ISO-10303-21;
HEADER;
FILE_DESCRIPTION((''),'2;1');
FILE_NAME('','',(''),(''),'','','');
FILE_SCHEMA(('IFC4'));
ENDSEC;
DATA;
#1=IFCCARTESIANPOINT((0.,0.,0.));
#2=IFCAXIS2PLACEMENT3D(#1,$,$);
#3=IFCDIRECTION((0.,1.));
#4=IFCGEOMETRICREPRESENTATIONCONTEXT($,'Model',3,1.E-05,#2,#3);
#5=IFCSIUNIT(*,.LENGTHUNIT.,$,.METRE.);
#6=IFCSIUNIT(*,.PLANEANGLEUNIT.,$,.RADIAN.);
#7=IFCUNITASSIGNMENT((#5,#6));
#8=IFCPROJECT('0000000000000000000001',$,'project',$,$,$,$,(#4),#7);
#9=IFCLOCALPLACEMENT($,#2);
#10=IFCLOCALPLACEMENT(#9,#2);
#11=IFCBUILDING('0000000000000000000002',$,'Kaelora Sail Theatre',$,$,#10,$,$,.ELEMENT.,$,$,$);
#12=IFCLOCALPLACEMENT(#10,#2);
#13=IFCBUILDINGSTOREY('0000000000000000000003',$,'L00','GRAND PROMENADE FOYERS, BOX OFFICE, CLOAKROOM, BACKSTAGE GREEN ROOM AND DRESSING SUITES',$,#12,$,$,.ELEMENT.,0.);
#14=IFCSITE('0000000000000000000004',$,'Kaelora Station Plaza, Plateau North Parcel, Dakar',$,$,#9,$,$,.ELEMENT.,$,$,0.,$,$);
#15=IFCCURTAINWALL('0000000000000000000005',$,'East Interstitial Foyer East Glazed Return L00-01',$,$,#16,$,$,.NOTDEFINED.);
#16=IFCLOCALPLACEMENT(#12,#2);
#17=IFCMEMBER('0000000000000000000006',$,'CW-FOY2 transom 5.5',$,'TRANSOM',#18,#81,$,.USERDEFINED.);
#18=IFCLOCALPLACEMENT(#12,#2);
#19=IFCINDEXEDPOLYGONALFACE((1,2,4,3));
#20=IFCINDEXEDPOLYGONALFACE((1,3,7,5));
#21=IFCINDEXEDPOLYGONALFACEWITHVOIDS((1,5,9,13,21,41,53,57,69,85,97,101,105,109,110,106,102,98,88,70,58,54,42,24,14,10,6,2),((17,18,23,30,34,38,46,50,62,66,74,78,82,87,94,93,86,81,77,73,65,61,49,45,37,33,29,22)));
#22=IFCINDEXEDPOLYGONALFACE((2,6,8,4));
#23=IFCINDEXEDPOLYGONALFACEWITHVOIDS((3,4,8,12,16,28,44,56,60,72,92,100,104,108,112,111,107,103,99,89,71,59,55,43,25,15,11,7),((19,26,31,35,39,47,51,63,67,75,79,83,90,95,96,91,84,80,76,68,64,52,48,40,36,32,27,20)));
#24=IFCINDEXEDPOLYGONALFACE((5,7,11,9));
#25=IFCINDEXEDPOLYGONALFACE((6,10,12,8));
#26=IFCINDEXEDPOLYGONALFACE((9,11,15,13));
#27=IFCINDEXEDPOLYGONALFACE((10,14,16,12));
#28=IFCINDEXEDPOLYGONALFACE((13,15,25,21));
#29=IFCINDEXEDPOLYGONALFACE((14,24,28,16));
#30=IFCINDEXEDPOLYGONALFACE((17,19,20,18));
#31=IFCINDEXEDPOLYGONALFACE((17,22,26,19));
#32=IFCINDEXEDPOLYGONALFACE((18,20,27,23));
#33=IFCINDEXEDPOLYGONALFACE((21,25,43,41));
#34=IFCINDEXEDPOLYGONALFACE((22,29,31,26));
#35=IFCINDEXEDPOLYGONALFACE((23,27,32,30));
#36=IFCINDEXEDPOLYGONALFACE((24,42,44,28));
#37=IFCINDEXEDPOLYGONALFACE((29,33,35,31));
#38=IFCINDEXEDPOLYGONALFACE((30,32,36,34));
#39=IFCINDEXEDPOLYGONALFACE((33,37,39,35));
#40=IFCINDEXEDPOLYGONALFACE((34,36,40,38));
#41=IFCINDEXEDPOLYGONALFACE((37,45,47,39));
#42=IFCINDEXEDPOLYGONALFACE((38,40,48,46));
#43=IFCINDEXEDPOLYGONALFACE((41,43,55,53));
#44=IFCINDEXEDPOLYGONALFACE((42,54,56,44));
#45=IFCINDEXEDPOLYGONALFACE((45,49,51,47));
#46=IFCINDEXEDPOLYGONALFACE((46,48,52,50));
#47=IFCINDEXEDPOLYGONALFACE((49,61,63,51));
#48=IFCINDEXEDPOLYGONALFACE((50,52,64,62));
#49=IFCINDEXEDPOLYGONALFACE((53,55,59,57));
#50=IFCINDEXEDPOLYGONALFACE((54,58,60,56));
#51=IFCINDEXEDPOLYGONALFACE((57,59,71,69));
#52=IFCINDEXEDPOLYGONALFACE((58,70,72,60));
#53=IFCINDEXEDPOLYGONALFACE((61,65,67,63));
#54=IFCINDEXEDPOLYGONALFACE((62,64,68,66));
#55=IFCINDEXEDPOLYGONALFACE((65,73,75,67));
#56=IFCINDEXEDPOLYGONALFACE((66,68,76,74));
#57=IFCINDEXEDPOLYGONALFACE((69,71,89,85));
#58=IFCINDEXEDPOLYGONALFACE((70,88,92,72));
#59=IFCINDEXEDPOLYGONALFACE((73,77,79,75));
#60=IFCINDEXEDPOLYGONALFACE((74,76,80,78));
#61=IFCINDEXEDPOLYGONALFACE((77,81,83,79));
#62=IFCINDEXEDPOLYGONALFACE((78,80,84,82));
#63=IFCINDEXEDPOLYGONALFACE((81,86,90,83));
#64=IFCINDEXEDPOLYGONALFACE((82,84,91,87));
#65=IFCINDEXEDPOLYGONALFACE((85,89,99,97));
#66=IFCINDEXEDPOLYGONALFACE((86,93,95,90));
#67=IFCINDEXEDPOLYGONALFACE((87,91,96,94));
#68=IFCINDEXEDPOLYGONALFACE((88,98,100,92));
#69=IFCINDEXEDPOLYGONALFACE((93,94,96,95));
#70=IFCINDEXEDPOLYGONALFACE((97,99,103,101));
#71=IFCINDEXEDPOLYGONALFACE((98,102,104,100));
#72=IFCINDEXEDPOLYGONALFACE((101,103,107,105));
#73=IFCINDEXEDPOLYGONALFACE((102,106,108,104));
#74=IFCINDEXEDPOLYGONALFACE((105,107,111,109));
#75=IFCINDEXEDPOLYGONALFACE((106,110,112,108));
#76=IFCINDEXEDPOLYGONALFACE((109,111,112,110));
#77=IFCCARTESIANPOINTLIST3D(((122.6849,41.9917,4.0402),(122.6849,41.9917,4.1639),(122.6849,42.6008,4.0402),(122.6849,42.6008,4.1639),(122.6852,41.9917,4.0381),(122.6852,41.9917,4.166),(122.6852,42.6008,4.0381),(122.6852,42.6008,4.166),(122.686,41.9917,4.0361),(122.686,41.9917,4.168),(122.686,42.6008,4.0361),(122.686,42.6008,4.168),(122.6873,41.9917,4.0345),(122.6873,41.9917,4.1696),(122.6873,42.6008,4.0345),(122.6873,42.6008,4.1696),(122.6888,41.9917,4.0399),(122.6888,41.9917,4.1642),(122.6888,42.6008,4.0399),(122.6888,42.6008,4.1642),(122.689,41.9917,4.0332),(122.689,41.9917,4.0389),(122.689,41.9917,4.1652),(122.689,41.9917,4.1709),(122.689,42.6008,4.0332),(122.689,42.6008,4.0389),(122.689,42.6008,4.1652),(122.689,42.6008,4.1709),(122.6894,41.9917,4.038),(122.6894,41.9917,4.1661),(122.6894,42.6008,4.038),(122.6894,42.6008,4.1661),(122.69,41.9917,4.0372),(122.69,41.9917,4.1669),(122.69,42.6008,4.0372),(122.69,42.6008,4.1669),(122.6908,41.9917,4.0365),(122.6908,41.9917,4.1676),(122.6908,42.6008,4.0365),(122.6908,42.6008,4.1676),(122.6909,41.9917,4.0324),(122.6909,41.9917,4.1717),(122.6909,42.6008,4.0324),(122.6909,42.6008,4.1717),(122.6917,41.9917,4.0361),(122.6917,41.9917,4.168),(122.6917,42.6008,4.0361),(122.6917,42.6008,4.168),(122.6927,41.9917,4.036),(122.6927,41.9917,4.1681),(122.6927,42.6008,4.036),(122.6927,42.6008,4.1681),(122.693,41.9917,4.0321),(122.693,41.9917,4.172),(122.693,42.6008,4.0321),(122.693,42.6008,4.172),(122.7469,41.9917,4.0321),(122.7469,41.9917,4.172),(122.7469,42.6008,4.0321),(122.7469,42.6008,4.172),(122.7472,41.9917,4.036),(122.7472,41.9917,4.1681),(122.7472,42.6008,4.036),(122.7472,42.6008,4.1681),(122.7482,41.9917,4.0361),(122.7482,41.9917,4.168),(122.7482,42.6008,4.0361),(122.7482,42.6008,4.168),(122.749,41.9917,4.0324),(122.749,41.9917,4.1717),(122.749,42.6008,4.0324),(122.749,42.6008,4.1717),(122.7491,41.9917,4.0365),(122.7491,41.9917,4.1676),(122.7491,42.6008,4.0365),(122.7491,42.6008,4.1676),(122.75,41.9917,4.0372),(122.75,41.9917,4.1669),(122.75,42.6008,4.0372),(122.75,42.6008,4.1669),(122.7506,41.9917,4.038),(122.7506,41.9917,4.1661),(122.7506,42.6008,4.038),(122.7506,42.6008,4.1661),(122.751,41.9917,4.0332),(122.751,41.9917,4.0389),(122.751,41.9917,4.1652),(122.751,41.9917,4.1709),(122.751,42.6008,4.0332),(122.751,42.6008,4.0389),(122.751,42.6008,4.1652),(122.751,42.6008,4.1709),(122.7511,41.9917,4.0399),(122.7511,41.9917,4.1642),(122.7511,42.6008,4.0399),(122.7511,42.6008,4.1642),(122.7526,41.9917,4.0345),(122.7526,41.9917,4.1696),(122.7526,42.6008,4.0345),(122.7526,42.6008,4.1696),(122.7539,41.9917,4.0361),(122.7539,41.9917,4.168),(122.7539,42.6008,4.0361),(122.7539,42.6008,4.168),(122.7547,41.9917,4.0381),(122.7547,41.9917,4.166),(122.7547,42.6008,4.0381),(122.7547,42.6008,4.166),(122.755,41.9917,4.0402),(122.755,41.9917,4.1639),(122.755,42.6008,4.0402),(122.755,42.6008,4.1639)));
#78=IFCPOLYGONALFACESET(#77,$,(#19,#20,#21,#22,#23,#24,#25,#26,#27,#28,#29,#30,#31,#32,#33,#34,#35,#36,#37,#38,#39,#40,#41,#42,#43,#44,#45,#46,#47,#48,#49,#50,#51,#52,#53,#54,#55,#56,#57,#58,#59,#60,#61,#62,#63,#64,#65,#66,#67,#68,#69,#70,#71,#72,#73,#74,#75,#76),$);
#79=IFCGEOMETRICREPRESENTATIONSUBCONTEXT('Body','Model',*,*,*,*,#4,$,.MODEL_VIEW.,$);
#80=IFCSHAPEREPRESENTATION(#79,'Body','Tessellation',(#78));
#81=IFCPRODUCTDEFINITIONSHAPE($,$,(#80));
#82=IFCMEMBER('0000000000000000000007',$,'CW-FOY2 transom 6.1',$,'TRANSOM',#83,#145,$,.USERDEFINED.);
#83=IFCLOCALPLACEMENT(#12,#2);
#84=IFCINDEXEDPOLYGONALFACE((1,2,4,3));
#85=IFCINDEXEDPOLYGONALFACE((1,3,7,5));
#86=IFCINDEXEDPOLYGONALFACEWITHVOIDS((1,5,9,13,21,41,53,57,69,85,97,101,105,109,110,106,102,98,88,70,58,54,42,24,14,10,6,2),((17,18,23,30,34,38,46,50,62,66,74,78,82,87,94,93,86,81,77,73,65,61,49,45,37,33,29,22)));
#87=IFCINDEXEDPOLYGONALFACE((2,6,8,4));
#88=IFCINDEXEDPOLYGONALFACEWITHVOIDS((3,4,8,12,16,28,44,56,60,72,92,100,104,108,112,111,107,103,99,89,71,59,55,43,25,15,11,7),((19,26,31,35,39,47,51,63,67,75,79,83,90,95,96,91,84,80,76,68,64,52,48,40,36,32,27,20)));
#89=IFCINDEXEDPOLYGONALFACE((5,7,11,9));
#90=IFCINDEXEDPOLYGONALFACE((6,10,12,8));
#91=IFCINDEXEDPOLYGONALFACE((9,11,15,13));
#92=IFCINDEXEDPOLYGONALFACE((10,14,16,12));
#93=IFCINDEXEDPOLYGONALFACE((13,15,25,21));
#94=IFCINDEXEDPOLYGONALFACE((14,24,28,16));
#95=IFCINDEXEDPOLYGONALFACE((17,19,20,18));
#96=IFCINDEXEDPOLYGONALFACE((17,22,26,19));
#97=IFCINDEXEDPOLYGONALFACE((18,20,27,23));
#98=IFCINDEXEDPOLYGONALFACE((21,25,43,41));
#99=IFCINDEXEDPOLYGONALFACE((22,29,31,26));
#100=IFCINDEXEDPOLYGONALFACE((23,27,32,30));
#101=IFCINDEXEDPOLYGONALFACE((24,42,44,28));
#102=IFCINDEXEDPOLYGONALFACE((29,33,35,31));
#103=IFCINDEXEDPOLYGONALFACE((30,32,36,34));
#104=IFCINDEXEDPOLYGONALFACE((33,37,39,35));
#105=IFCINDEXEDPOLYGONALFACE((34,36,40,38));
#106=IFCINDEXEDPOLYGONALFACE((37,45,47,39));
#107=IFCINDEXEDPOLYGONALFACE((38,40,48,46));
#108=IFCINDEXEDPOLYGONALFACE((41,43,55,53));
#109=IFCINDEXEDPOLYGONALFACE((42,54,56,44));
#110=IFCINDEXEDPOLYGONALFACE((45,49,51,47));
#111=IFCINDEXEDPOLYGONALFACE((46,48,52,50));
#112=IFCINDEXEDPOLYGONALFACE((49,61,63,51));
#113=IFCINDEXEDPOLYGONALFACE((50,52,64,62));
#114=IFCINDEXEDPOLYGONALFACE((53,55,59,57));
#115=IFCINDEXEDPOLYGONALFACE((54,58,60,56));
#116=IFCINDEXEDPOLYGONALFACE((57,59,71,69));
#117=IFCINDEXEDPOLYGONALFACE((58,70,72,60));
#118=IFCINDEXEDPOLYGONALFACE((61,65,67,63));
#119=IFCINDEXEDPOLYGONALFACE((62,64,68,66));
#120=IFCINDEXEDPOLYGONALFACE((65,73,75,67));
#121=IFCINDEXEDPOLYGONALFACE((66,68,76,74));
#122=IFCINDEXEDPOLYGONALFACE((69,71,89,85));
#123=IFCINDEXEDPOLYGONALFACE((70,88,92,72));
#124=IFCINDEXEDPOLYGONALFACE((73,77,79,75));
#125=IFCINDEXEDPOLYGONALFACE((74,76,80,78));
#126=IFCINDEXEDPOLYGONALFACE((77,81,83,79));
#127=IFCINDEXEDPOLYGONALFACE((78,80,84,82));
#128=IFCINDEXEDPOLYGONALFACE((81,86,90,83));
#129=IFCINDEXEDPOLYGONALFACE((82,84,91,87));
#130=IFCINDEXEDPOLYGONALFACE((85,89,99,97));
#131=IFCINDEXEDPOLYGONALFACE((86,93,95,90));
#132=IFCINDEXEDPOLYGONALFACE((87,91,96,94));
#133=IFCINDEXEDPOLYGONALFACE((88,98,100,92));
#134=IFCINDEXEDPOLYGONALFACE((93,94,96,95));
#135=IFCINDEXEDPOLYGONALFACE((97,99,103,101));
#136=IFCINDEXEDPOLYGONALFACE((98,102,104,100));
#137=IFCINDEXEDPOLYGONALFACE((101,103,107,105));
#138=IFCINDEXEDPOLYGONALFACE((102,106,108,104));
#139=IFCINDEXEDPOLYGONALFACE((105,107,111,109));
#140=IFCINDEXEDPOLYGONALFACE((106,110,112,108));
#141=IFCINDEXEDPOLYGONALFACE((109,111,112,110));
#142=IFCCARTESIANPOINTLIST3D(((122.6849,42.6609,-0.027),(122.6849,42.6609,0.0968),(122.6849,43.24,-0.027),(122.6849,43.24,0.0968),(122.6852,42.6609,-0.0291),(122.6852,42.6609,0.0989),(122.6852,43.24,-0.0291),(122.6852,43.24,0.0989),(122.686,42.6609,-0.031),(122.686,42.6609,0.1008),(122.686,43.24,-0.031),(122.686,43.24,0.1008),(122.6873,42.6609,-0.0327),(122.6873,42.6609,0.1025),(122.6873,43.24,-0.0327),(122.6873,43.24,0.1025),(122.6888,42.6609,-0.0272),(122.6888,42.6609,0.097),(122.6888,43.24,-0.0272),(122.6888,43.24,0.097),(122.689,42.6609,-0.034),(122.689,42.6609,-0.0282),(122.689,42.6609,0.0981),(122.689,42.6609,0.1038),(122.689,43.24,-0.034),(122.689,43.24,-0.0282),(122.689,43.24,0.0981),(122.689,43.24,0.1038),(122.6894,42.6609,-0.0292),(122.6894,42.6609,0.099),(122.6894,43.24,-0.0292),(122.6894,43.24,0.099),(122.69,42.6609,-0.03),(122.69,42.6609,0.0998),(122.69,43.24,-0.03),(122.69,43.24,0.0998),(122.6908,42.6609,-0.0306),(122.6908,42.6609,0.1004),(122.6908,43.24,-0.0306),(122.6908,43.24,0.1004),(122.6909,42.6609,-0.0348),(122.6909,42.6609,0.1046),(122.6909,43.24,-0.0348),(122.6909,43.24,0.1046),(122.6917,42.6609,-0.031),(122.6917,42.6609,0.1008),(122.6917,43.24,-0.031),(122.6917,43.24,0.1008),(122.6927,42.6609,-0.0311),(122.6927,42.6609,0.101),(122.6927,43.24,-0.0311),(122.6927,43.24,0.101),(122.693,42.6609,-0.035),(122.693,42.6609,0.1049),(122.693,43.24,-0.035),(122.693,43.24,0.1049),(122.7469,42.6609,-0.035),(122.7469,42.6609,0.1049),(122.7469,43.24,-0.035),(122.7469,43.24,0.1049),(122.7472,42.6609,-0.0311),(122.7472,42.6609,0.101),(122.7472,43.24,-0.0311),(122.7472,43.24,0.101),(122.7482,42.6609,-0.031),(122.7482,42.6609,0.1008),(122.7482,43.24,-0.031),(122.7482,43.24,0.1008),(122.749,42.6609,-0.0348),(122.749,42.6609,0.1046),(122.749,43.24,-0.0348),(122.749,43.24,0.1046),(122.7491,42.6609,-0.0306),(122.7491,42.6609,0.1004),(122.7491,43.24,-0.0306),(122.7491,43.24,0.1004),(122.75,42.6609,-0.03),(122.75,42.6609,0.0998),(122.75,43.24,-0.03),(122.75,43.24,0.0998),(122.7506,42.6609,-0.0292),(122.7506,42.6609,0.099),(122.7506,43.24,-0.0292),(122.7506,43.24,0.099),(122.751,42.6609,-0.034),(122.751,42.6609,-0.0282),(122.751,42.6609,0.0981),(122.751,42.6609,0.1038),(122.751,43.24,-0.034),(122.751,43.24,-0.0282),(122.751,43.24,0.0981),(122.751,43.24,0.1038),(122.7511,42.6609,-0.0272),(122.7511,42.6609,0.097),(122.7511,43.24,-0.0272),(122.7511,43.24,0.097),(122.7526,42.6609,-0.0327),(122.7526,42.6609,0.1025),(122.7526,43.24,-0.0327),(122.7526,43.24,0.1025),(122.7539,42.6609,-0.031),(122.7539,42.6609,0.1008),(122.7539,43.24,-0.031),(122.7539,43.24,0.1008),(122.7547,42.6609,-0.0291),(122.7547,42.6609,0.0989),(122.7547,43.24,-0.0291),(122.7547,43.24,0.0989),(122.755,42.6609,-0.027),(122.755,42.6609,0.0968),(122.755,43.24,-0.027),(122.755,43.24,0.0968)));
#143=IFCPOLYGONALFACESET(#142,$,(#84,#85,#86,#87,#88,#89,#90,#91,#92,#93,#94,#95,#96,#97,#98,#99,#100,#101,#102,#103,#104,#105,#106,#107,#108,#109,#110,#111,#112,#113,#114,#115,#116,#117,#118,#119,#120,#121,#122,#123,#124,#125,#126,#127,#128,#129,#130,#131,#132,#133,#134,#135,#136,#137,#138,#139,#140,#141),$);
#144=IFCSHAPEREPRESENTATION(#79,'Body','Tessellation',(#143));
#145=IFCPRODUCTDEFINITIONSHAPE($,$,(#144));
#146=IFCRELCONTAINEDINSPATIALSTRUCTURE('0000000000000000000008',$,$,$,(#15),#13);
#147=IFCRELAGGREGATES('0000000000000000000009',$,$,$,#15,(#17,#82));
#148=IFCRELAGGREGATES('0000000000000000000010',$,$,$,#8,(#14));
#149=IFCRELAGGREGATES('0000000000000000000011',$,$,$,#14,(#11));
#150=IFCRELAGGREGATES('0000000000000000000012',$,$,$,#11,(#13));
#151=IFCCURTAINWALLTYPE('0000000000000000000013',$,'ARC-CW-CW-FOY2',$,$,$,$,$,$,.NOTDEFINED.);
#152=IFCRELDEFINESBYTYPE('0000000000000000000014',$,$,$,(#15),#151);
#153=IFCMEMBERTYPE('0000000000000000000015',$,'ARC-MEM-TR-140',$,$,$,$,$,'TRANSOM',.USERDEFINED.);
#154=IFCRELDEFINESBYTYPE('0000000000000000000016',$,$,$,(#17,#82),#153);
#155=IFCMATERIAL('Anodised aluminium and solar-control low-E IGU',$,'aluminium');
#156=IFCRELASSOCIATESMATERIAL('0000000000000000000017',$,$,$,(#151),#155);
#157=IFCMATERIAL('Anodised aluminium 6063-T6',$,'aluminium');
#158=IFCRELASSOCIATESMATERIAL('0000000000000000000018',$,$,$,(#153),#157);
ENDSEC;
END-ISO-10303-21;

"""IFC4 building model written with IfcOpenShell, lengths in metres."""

from ifc_helpers import new_model, si_unit, direction, frame, origin, origin_2d, place, context, subcontext, project, spatial, hollow_rectangle, extrude, material, material_profile, profile_set, type_object, element, aggregate, save


model = new_model("IFC4")

# Units and contexts
model_context = context("Model", 3, precision=1e-05, world=origin(), true_north=direction((0.0, 1.0)))
body_context = subcontext(model_context, "Body", "Model", "MODEL_VIEW")
ifc_project = project(units=[si_unit("LENGTHUNIT", "METRE"), si_unit("PLANEANGLEUNIT", "RADIAN")], contexts=[model_context])

# Site, building, storey
site_placement = place(None, origin())
site = spatial("IfcSite", under=ifc_project, at=site_placement, Name="Kaelora Station Plaza, Plateau North Parcel, Dakar", CompositionType="ELEMENT", RefElevation=0.0)
building_placement = place(site_placement, origin())
building = spatial("IfcBuilding", under=site, at=building_placement, Name="Kaelora Sail Theatre", CompositionType="ELEMENT")
storey_placement = place(building_placement, origin())
storey = spatial("IfcBuildingStorey", under=building, at=storey_placement, Name="L00", Description="GRAND PROMENADE FOYERS, BOX OFFICE, CLOAKROOM, BACKSTAGE GREEN ROOM AND DRESSING SUITES", CompositionType="ELEMENT", Elevation=0.0)

# Curtain wall
ifc_material_1 = material(Name="Anodised aluminium and solar-control low-E IGU", Category="aluminium")
curtain_wall_type = type_object("IfcCurtainWallType", Name="ARC-CW-CW-FOY2", PredefinedType="NOTDEFINED", material=ifc_material_1)
curtain_wall_placement = place(storey_placement, origin())
curtain_wall = element("IfcCurtainWall", 1, at=curtain_wall_placement, inside=storey, type_object=curtain_wall_type, Name="East Interstitial Foyer East Glazed Return L00-01", PredefinedType="NOTDEFINED")

# Members
ifc_material_2 = material(Name="Anodised aluminium 6063-T6", Category="aluminium")
ifc_material_profile_1 = material_profile(ifc_material_2, hollow_rectangle(XDim=0.0701, YDim=0.1399, WallThickness=0.0039, InnerFilletRadius=0.0039, OuterFilletRadius=0.0081, at=origin_2d()), Name="ALU-TRAN 70x140x4")
ifc_profile_set_1 = profile_set([ifc_material_profile_1], Name="Anodised aluminium 6063-T6")
member_type_1 = type_object("IfcMemberType", Name="ARC-MEM-TR-140", ElementType="TRANSOM", PredefinedType="USERDEFINED", material=ifc_profile_set_1)
member_1_placement = place(storey_placement, frame((122.72, 41.9917, 4.1021), z_axis=(0.0, 1.0, 0.0), x_axis=(-1.0, 0.0, 0.0)))
member_1 = element("IfcMember", 2, at=member_1_placement, type_object=member_type_1, Name="CW-FOY2 transom 5.5", ObjectType="TRANSOM", PredefinedType="USERDEFINED", context=body_context, shape_type="SweptSolid", body=[
    extrude(hollow_rectangle(XDim=0.0701, YDim=0.1399, WallThickness=0.0039, InnerFilletRadius=0.0039, OuterFilletRadius=0.0081, at=origin_2d()), origin(), (0.0, 0.0, 1.0), 0.6091),
])
member_2_placement = place(storey_placement, frame((122.72, 42.6609, 0.0349), z_axis=(0.0, 1.0, 0.0), x_axis=(-1.0, 0.0, 0.0)))
member_2 = element("IfcMember", 3, at=member_2_placement, type_object=member_type_1, Name="CW-FOY2 transom 6.1", ObjectType="TRANSOM", PredefinedType="USERDEFINED", context=body_context, shape_type="SweptSolid", body=[
    extrude(hollow_rectangle(XDim=0.0701, YDim=0.1399, WallThickness=0.0039, InnerFilletRadius=0.0039, OuterFilletRadius=0.0081, at=origin_2d()), origin(), (0.0, 0.0, 1.0), 0.5791),
])

aggregate(curtain_wall, [member_1, member_2])

save(model, "model.ifc")
